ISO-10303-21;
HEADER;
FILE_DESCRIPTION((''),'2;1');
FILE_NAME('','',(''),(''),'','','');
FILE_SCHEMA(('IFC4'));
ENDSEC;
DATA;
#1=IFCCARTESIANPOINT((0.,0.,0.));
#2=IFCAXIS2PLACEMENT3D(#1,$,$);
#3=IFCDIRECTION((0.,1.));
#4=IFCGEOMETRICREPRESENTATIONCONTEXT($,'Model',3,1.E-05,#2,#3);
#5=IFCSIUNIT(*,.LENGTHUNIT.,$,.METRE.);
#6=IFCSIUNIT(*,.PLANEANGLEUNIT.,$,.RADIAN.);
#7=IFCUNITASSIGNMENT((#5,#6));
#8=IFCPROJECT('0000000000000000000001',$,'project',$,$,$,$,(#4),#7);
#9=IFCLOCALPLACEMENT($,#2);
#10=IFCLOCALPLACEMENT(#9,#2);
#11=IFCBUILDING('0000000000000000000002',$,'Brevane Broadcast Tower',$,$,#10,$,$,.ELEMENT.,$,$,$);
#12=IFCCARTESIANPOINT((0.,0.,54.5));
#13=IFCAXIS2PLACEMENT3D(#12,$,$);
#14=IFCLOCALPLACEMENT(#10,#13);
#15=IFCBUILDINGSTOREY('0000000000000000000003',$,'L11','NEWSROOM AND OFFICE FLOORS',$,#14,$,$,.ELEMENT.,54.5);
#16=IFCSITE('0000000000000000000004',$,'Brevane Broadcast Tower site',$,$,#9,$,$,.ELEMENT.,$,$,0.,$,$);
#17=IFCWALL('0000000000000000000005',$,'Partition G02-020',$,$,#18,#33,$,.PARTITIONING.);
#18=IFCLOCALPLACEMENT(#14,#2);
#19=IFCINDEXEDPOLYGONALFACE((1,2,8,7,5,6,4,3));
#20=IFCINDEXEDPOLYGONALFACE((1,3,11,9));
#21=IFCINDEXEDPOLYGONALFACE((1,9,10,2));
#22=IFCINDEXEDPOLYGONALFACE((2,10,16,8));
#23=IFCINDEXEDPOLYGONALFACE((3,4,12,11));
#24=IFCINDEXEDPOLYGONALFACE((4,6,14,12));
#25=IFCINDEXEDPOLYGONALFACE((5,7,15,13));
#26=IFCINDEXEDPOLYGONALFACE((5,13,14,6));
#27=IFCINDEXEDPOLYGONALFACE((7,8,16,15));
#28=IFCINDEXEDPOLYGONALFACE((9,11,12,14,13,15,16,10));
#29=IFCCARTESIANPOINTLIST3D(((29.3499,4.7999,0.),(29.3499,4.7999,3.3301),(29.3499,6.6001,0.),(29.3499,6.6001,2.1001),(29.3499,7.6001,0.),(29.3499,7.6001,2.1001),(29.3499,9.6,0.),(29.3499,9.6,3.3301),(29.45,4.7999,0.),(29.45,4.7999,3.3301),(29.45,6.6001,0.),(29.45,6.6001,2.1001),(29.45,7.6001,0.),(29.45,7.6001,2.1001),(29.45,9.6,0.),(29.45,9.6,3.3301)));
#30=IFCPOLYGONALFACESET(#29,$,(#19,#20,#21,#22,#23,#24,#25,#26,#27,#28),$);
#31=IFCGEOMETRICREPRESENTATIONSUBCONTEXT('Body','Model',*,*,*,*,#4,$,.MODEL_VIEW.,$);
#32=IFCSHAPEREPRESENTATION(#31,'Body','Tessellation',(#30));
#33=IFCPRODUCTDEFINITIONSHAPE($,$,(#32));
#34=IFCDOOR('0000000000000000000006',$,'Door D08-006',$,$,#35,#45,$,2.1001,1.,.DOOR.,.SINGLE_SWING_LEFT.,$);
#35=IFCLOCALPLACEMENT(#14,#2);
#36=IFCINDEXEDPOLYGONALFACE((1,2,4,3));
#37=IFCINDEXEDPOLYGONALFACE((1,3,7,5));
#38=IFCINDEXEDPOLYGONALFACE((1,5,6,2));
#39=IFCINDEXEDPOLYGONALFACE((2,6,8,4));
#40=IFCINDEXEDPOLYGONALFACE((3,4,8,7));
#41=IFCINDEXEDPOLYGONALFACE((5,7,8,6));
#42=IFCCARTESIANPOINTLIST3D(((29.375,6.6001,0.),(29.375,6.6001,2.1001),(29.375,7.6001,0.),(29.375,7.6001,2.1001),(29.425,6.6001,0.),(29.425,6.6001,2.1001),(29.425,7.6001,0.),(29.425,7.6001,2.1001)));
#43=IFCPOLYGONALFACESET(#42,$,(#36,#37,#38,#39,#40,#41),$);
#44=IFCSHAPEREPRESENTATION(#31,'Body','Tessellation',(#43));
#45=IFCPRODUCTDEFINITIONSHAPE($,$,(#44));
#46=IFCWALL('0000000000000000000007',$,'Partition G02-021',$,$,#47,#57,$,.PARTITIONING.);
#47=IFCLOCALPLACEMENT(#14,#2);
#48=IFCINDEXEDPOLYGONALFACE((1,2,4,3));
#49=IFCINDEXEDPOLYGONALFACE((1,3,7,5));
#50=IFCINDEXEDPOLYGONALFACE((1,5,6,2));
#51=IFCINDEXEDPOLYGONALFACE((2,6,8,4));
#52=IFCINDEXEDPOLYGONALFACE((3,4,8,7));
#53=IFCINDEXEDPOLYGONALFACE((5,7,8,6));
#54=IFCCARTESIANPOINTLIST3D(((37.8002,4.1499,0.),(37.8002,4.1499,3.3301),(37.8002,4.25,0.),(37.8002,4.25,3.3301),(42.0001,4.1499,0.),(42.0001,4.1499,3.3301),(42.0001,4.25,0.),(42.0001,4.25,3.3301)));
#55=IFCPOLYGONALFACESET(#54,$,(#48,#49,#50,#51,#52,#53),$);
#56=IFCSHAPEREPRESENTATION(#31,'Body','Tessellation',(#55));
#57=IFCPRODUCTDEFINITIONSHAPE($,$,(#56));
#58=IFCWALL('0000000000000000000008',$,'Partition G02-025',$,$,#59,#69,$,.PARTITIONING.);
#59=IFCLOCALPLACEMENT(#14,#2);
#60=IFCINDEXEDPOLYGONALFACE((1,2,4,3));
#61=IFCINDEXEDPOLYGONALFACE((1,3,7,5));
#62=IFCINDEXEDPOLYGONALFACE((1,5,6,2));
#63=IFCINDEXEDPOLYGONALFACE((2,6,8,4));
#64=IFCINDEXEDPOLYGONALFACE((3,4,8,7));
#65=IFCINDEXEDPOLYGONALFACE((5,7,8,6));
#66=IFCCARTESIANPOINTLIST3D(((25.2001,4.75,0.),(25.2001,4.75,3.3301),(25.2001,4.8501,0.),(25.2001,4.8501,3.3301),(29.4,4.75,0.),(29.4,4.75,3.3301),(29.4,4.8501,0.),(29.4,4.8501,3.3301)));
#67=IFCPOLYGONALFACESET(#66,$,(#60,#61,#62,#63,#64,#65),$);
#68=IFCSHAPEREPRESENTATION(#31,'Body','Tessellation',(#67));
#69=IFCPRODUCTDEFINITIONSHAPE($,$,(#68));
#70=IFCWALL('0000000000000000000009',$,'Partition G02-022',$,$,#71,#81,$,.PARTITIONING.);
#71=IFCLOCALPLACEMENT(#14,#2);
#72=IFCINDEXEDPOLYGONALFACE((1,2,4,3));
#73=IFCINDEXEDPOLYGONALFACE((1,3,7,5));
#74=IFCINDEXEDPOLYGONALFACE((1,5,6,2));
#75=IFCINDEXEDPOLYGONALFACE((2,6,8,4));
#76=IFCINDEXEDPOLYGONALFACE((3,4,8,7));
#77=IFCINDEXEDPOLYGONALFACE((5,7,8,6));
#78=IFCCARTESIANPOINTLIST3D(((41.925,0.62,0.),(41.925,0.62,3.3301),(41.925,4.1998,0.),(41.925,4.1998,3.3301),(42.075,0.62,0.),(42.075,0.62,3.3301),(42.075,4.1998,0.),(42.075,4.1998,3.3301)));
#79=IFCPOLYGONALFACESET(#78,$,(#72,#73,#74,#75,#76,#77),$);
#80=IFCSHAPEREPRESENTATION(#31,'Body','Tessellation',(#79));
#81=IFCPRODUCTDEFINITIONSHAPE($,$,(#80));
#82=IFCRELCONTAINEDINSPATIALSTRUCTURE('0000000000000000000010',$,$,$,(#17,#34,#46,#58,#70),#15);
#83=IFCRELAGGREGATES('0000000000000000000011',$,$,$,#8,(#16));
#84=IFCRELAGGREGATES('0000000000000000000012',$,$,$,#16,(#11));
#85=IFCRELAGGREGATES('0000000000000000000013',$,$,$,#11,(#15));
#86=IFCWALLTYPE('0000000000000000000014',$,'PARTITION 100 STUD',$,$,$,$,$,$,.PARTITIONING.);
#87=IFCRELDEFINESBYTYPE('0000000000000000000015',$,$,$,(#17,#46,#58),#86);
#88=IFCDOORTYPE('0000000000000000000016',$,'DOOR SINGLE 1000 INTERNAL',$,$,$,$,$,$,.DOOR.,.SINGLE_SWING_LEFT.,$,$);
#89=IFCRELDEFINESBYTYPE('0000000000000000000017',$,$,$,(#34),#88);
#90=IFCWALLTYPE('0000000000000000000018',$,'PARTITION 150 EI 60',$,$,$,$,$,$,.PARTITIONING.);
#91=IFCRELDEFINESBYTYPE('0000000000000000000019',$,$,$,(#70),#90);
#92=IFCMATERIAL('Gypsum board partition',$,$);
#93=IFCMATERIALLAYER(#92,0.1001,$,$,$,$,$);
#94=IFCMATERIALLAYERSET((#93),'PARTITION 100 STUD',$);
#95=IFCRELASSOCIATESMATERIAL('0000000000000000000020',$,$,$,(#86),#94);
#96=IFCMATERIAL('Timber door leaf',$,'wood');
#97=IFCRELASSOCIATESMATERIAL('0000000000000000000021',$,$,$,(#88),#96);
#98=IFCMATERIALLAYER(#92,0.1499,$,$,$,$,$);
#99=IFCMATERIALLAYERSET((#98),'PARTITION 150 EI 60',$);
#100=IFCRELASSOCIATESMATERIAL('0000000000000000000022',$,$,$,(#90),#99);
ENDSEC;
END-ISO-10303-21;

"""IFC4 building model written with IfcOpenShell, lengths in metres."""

from ifc_helpers import new_model, si_unit, direction, frame, frame_2d, origin, place, context, subcontext, project, spatial, rectangle, extrude, material, layer, layer_set, type_object, element, fill, save


model = new_model("IFC4")

# Units and contexts
model_context = context("Model", 3, precision=1e-05, world=origin(), true_north=direction((0.0, 1.0)))
body_context = subcontext(model_context, "Body", "Model", "MODEL_VIEW")
ifc_project = project(units=[si_unit("LENGTHUNIT", "METRE"), si_unit("PLANEANGLEUNIT", "RADIAN")], contexts=[model_context])

# Site, building, storey
site_placement = place(None, origin())
site = spatial("IfcSite", under=ifc_project, at=site_placement, Name="Brevane Broadcast Tower site", CompositionType="ELEMENT", RefElevation=0.0)
building_placement = place(site_placement, origin())
building = spatial("IfcBuilding", under=site, at=building_placement, Name="Brevane Broadcast Tower", CompositionType="ELEMENT")
storey_placement = place(building_placement, frame((0.0, 0.0, 54.5)))
storey = spatial("IfcBuildingStorey", under=building, at=storey_placement, Name="L11", Description="NEWSROOM AND OFFICE FLOORS", CompositionType="ELEMENT", Elevation=54.5)

# Wall, opening, door
ifc_material_1 = material(Name="Gypsum board partition")
ifc_layer_1 = layer(ifc_material_1, 0.1001)
ifc_layer_set_1 = layer_set([ifc_layer_1], Name="PARTITION 100 STUD")
wall_type_1 = type_object("IfcWallType", Name="PARTITION 100 STUD", PredefinedType="PARTITIONING", material=ifc_layer_set_1)
ifc_material_2 = material(Name="Timber door leaf", Category="wood")
door_type = type_object("IfcDoorType", Name="DOOR SINGLE 1000 INTERNAL", OperationType="SINGLE_SWING_LEFT", PredefinedType="DOOR", material=ifc_material_2)
wall_1_placement = place(storey_placement, frame((29.3999, 4.8, 0.0), z_axis=(0.0, 0.0, 1.0), x_axis=(0.0, 1.0, 0.0)))
wall_1 = element("IfcWall", 1, at=wall_1_placement, inside=storey, type_object=wall_type_1, Name="Partition G02-020", PredefinedType="PARTITIONING", context=body_context, shape_type="SweptSolid", body=[
    extrude(rectangle(XDim=4.8, YDim=0.1001, at=frame_2d((2.3999, 0.0))), origin(), (0.0, 0.0, 1.0), 3.3301),
])
opening_1_placement = place(wall_1_placement, frame((1.8, 0.0, 0.0)))
opening_1 = element("IfcOpeningElement", 2, at=opening_1_placement, cuts=wall_1, PredefinedType="OPENING", context=body_context, shape_type="SweptSolid", body=[
    extrude(rectangle(XDim=1.0, YDim=2.1001, at=frame_2d((0.5, 1.05))), frame((0.0, 0.0601, 0.0), z_axis=(0.0, -1.0, 0.0), x_axis=(1.0, 0.0, 0.0)), (0.0, 0.0, 1.0), 0.1201),
])
door_1_placement = place(opening_1_placement, origin())
door_1 = element("IfcDoor", 3, at=door_1_placement, inside=storey, type_object=door_type, Name="Door D08-006", OperationType="SINGLE_SWING_LEFT", OverallHeight=2.1001, OverallWidth=1.0, PredefinedType="DOOR", context=body_context, shape_type="SweptSolid", body=[
    extrude(rectangle(XDim=1.0, YDim=2.1001, at=frame_2d((0.5, 1.05))), frame((0.0, 0.0249, 0.0), z_axis=(0.0, -1.0, 0.0), x_axis=(1.0, 0.0, 0.0)), (0.0, 0.0, 1.0), 0.05),
])
fill(opening_1, door_1)

# Walls
for number, where, z_axis, x_axis, name in (
    (4, (37.8, 4.2, 0.0), (0.0, 0.0, 1.0), (1.0, 0.0, 0.0), "Partition G02-021"),
    (5, (25.2, 4.8, 0.0), (0.0, 0.0, 1.0), (1.0, 0.0, 0.0), "Partition G02-025"),
):
    element("IfcWall", number, at=place(storey_placement, frame(where, z_axis=z_axis, x_axis=x_axis)), inside=storey, type_object=wall_type_1, Name=name, PredefinedType="PARTITIONING", context=body_context, shape_type="SweptSolid", body=[
        extrude(rectangle(XDim=4.2, YDim=0.1001, at=frame_2d((2.1001, 0.0))), origin(), (0.0, 0.0, 1.0), 3.3301),
    ])
ifc_layer_2 = layer(ifc_material_1, 0.1499)
ifc_layer_set_2 = layer_set([ifc_layer_2], Name="PARTITION 150 EI 60")
wall_type_2 = type_object("IfcWallType", Name="PARTITION 150 EI 60", PredefinedType="PARTITIONING", material=ifc_layer_set_2)
wall_2_placement = place(storey_placement, frame((42.0, 4.2, 0.0), z_axis=(0.0, 0.0, 1.0), x_axis=(0.0, -1.0, 0.0)))
element("IfcWall", 6, at=wall_2_placement, inside=storey, type_object=wall_type_2, Name="Partition G02-022", PredefinedType="PARTITIONING", context=body_context, shape_type="SweptSolid", body=[
    extrude(rectangle(XDim=3.5798, YDim=0.1499, at=frame_2d((1.79, 0.0))), origin(), (0.0, 0.0, 1.0), 3.3301),
])

save(model, "model.ifc")
